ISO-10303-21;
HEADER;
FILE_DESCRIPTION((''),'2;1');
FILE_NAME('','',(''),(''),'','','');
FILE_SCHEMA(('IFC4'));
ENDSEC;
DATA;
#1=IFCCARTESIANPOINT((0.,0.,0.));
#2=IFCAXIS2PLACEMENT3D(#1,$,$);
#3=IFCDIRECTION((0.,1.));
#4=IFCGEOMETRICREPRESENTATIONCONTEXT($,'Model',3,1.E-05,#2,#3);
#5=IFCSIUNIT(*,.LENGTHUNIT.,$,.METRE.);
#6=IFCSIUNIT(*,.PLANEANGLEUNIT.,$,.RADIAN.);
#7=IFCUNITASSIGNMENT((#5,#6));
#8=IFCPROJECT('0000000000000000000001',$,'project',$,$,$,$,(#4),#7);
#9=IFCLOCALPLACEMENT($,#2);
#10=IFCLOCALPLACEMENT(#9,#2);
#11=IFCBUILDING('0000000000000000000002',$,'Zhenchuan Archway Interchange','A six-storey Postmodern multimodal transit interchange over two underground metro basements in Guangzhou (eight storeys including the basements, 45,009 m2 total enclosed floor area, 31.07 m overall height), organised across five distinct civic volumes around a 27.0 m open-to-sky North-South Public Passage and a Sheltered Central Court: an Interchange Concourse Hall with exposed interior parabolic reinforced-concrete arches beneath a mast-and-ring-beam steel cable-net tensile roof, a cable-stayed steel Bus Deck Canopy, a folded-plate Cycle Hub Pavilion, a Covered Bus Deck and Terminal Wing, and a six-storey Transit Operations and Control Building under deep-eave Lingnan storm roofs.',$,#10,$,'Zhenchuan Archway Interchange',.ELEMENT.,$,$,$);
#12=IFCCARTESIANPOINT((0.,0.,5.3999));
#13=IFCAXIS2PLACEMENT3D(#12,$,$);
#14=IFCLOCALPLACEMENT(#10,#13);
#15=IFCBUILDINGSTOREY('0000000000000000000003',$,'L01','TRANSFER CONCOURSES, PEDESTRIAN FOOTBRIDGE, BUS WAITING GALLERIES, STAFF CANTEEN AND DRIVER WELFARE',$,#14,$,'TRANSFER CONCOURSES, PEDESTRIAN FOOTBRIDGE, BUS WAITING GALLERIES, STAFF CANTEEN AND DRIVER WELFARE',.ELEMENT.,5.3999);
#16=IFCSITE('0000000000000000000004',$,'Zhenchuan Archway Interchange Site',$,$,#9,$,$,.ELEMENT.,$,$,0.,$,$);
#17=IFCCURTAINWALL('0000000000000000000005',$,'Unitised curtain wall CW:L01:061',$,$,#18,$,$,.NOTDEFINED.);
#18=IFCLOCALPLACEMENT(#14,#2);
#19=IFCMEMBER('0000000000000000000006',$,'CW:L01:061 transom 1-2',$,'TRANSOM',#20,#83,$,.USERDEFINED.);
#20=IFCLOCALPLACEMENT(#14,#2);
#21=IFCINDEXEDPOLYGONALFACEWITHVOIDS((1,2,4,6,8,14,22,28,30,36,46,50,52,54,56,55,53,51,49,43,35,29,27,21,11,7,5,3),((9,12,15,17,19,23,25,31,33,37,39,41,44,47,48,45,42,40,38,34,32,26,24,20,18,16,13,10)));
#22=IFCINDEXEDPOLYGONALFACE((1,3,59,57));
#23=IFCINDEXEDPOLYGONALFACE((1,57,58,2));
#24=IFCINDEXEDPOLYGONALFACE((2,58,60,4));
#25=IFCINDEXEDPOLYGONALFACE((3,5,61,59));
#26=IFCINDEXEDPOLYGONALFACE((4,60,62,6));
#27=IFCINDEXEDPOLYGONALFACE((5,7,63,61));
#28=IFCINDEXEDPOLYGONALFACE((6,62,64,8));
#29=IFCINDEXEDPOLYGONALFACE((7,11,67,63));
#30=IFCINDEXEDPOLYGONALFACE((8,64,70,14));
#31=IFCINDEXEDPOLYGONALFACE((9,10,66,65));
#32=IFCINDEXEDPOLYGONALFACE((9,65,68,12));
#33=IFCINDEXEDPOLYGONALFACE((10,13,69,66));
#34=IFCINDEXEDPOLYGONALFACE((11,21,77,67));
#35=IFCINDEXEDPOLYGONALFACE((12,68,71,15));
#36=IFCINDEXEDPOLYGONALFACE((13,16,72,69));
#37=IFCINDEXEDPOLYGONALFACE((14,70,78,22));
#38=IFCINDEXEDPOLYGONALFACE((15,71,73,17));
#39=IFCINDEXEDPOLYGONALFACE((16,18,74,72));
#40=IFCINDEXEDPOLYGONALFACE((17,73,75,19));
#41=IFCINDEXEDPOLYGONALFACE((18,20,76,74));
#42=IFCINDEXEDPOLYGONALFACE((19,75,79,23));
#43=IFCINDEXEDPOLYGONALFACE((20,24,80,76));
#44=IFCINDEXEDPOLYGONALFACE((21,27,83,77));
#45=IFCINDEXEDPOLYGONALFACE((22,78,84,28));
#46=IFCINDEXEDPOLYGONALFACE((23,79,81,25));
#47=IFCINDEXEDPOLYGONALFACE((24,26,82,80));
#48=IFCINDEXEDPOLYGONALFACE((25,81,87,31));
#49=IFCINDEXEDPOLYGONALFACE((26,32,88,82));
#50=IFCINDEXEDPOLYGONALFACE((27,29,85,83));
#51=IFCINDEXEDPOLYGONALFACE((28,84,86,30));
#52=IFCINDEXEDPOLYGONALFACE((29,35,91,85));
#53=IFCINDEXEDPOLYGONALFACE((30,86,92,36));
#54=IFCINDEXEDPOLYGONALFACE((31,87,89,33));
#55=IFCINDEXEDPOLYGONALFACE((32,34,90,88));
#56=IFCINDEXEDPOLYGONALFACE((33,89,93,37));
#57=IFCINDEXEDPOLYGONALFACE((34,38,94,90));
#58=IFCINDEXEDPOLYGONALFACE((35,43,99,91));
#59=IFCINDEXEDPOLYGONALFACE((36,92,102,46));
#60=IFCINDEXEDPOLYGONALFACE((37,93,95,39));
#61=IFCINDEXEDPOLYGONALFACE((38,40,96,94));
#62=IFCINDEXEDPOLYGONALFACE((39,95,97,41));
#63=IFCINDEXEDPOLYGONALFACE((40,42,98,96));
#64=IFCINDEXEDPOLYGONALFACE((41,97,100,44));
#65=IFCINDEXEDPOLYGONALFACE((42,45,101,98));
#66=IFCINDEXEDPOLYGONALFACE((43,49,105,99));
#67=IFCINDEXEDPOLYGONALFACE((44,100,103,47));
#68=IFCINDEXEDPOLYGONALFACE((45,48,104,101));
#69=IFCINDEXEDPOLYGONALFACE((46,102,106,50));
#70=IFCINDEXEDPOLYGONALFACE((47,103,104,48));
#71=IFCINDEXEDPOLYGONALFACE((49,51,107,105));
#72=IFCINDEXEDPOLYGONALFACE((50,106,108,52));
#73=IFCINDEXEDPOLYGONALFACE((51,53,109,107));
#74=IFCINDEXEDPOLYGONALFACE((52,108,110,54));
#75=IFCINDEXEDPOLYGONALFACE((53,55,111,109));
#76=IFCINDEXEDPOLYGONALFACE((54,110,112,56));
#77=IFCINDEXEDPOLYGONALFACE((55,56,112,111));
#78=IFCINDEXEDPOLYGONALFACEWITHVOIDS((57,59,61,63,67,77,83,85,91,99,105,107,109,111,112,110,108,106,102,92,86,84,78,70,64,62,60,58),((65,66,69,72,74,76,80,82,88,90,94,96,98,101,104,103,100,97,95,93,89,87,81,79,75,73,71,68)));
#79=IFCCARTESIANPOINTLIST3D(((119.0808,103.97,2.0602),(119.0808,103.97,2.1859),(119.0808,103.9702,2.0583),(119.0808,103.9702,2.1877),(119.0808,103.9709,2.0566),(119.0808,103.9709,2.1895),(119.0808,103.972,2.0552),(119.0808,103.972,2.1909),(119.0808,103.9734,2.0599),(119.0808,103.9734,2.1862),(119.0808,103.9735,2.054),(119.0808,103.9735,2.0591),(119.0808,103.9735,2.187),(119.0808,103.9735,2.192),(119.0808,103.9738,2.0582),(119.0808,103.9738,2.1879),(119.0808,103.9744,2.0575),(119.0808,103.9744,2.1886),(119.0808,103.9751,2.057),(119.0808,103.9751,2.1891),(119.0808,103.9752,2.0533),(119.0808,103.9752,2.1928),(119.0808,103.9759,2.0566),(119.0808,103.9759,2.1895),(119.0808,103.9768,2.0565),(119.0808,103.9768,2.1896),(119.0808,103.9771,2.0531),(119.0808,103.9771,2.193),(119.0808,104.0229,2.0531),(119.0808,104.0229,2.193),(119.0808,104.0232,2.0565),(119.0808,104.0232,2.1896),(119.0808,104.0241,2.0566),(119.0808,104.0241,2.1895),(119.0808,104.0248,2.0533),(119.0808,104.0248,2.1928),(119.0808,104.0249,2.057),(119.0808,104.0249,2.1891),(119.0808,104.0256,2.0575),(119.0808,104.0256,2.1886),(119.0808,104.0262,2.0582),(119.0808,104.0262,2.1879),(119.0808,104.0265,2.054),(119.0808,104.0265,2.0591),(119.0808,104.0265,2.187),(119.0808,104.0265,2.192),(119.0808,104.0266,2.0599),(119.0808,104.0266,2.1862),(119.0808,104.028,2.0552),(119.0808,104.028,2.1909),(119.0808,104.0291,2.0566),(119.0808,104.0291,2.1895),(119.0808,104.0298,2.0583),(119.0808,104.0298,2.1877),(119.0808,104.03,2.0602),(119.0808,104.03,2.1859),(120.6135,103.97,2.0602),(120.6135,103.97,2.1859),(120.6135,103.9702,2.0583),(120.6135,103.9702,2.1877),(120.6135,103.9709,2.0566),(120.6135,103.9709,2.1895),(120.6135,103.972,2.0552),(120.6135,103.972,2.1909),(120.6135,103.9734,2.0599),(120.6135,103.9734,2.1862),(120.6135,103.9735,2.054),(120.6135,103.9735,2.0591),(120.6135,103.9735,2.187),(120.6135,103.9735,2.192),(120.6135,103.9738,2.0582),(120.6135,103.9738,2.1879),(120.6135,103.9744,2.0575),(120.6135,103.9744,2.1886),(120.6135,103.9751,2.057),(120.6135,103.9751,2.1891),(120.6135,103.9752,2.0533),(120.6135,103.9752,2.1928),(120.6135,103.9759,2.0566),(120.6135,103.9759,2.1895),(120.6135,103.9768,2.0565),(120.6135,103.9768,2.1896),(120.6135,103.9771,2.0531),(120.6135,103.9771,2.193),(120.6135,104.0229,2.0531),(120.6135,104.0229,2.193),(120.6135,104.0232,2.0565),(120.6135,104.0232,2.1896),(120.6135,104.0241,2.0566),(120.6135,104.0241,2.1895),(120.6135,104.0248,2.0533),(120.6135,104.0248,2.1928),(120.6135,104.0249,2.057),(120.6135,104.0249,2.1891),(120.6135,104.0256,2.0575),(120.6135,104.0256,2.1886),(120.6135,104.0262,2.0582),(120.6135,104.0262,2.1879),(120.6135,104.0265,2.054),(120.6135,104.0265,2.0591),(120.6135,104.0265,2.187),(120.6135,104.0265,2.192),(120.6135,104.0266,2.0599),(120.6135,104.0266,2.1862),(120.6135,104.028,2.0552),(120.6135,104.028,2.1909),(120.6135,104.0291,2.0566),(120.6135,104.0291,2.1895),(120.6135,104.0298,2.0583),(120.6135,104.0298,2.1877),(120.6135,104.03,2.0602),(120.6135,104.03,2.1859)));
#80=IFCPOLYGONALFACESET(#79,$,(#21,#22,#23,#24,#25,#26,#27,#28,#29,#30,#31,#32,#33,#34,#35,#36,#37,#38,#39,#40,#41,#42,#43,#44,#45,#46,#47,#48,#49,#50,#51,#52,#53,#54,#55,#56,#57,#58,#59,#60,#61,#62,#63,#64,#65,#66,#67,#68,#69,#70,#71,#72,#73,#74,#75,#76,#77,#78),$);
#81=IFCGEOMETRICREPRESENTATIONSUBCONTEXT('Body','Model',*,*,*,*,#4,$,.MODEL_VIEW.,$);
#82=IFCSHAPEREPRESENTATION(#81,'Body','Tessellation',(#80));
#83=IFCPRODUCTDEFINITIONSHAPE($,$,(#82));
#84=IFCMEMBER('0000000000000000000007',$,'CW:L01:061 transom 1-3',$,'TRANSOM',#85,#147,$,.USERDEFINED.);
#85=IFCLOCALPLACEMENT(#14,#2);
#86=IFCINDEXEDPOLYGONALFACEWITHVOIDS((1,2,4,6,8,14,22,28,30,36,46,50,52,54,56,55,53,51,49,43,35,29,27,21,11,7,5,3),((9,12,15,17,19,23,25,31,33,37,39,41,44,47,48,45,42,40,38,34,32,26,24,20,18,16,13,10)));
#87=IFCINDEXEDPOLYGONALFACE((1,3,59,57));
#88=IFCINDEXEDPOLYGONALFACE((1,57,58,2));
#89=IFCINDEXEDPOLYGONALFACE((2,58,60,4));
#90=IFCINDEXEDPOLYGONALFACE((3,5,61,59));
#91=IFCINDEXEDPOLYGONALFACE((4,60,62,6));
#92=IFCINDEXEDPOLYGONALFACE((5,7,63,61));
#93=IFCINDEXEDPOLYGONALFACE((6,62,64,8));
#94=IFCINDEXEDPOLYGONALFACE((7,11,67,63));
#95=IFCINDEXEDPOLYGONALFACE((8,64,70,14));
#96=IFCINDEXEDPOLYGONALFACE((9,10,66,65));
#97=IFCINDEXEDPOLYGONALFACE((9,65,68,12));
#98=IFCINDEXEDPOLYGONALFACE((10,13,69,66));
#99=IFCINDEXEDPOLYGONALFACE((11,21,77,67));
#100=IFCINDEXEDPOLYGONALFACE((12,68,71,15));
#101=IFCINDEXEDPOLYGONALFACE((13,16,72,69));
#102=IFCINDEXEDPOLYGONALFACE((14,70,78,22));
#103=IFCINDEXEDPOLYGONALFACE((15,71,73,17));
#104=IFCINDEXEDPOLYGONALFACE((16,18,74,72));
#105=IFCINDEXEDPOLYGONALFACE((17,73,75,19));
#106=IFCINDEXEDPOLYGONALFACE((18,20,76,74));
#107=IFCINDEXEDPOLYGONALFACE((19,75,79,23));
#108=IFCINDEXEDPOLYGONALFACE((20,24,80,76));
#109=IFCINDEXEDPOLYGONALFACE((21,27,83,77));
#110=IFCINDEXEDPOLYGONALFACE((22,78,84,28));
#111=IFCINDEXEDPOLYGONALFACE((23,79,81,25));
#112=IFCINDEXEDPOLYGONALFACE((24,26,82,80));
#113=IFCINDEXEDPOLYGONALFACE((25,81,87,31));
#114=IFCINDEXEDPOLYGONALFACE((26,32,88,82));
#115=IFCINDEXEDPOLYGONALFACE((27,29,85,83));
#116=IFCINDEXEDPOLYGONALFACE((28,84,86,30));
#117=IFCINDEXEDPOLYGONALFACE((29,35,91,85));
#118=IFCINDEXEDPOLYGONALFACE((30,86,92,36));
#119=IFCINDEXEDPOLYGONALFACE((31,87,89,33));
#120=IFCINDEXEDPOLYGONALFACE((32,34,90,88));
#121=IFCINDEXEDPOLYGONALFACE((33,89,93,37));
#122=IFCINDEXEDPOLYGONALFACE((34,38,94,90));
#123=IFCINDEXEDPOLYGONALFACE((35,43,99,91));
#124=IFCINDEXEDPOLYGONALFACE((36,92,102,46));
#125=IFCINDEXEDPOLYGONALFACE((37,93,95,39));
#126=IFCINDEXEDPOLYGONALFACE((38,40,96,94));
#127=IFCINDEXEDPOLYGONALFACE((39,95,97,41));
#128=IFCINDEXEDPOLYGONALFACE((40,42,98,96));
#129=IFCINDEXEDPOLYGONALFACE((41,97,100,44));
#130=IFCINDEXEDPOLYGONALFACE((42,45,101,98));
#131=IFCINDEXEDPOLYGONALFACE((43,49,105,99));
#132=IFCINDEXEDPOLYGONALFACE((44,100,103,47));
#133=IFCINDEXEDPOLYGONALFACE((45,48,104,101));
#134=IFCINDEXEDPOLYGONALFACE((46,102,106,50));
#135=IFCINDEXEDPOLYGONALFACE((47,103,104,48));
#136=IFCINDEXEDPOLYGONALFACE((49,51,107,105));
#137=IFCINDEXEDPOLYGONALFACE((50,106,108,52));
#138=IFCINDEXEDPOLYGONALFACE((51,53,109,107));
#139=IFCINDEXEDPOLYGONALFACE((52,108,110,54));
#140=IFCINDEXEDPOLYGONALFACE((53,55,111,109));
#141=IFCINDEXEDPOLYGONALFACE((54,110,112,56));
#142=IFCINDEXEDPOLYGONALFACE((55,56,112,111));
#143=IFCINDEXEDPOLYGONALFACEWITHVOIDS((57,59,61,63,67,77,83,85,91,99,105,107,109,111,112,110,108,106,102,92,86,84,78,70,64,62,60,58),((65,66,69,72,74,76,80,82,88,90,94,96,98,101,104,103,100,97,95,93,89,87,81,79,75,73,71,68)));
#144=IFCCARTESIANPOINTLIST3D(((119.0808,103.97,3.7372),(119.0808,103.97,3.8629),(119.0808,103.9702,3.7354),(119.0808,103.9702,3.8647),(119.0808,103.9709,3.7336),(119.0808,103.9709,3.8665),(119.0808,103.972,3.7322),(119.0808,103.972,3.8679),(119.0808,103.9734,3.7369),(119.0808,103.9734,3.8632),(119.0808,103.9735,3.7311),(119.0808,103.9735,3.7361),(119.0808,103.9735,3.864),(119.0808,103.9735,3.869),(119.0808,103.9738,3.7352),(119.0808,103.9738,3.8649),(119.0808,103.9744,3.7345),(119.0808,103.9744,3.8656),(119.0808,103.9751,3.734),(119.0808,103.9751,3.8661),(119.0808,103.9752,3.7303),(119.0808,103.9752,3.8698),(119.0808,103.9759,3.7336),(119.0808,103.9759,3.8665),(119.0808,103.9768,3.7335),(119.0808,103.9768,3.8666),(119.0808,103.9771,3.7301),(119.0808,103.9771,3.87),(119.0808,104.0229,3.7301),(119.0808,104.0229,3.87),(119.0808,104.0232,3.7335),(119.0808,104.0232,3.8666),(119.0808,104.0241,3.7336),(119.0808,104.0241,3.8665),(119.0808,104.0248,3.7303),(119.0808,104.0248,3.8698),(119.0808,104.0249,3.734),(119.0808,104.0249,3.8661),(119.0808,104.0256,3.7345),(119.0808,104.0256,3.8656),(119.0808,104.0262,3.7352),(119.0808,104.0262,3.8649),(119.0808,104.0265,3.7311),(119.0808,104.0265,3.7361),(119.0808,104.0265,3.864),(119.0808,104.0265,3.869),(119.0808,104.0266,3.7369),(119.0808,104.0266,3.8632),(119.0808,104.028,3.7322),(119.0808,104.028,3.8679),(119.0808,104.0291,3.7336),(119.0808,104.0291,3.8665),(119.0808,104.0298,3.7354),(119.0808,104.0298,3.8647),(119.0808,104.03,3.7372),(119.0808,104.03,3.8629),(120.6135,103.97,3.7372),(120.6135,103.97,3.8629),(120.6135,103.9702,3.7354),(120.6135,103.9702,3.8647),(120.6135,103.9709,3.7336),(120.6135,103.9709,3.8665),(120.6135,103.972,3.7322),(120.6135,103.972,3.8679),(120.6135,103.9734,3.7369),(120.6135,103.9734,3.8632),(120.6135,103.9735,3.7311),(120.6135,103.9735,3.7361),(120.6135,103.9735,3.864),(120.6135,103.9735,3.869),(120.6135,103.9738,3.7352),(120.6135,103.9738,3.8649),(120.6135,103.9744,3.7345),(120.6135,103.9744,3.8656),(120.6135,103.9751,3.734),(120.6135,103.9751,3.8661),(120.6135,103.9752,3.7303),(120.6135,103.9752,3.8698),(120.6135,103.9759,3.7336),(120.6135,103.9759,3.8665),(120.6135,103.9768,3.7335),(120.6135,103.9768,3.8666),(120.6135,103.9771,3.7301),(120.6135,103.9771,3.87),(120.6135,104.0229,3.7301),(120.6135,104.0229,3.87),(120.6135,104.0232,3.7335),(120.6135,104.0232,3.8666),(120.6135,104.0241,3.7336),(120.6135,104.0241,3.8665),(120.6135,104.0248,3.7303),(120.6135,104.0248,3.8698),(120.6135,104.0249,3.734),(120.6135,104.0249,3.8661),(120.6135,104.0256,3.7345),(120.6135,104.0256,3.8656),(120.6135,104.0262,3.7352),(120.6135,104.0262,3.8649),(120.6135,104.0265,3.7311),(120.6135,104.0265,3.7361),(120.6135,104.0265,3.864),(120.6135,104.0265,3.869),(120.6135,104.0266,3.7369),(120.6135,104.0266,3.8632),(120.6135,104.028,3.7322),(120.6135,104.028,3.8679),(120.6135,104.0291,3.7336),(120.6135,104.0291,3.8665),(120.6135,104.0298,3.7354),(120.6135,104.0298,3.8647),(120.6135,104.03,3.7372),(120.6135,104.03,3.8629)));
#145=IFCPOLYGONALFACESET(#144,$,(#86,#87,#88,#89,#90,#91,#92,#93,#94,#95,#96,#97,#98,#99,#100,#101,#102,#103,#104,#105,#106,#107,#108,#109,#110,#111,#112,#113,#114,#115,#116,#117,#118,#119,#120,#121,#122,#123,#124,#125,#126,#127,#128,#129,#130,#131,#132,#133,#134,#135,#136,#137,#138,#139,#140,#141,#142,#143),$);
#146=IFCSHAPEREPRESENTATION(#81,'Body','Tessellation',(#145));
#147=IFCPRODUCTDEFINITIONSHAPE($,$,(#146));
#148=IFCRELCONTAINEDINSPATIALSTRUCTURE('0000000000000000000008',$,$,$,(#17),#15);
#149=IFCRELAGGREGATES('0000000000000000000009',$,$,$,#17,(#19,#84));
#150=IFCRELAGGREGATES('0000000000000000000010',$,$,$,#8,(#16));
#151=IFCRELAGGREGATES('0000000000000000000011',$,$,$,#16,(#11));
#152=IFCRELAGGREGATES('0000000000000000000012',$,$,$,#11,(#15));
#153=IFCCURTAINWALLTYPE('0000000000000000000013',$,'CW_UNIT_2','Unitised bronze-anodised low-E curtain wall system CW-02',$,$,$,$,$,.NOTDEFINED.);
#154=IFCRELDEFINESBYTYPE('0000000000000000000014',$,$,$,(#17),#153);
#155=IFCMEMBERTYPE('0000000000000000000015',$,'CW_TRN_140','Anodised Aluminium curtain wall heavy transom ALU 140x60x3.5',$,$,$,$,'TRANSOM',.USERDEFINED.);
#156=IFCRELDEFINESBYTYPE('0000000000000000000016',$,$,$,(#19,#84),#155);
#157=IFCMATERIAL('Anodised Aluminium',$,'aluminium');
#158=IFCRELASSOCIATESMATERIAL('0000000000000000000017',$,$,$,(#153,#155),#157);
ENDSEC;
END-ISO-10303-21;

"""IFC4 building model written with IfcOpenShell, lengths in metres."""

from ifc_helpers import new_model, si_unit, direction, frame, origin, origin_2d, place, context, subcontext, project, spatial, hollow_rectangle, extrude, material, material_profile, profile_set, type_object, element, aggregate, save


model = new_model("IFC4")

# Units and contexts
model_context = context("Model", 3, precision=1e-05, world=origin(), true_north=direction((0.0, 1.0)))
body_context = subcontext(model_context, "Body", "Model", "MODEL_VIEW")
ifc_project = project(units=[si_unit("LENGTHUNIT", "METRE"), si_unit("PLANEANGLEUNIT", "RADIAN")], contexts=[model_context])

# Site, building, storey
site_placement = place(None, origin())
site = spatial("IfcSite", under=ifc_project, at=site_placement, Name="Zhenchuan Archway Interchange Site", CompositionType="ELEMENT", RefElevation=0.0)
building_placement = place(site_placement, origin())
building = spatial("IfcBuilding", under=site, at=building_placement, Name="Zhenchuan Archway Interchange", Description="A six-storey Postmodern multimodal transit interchange over two underground metro basements in Guangzhou (eight storeys including the basements, 45,009 m2 total enclosed floor area, 31.07 m overall height), organised across five distinct civic volumes around a 27.0 m open-to-sky North-South Public Passage and a Sheltered Central Court: an Interchange Concourse Hall with exposed interior parabolic reinforced-concrete arches beneath a mast-and-ring-beam steel cable-net tensile roof, a cable-stayed steel Bus Deck Canopy, a folded-plate Cycle Hub Pavilion, a Covered Bus Deck and Terminal Wing, and a six-storey Transit Operations and Control Building under deep-eave Lingnan storm roofs.", LongName="Zhenchuan Archway Interchange", CompositionType="ELEMENT")
storey_placement = place(building_placement, frame((0.0, 0.0, 5.3999)))
storey = spatial("IfcBuildingStorey", under=building, at=storey_placement, Name="L01", Description="TRANSFER CONCOURSES, PEDESTRIAN FOOTBRIDGE, BUS WAITING GALLERIES, STAFF CANTEEN AND DRIVER WELFARE", LongName="TRANSFER CONCOURSES, PEDESTRIAN FOOTBRIDGE, BUS WAITING GALLERIES, STAFF CANTEEN AND DRIVER WELFARE", CompositionType="ELEMENT", Elevation=5.3999)

# Curtain wall, members
ifc_material_1 = material(Name="Anodised Aluminium", Category="aluminium")
curtain_wall_type = type_object("IfcCurtainWallType", Name="CW_UNIT_2", Description="Unitised bronze-anodised low-E curtain wall system CW-02", PredefinedType="NOTDEFINED", material=ifc_material_1)
curtain_wall_placement = place(storey_placement, origin())
curtain_wall = element("IfcCurtainWall", 1, at=curtain_wall_placement, inside=storey, type_object=curtain_wall_type, Name="Unitised curtain wall CW:L01:061", PredefinedType="NOTDEFINED")
ifc_material_profile_1 = material_profile(ifc_material_1, hollow_rectangle(XDim=0.0601, YDim=0.1399, WallThickness=0.0034, InnerFilletRadius=0.0034, OuterFilletRadius=0.0071, at=origin_2d()), Name="ALU 140x60x3.5")
ifc_profile_set_1 = profile_set([ifc_material_profile_1], Name="Anodised Aluminium")
member_type_1 = type_object("IfcMemberType", Name="CW_TRN_140", Description="Anodised Aluminium curtain wall heavy transom ALU 140x60x3.5", ElementType="TRANSOM", PredefinedType="USERDEFINED", material=ifc_profile_set_1)
member_1_placement = place(storey_placement, frame((119.0808, 104.0, 2.123), z_axis=(1.0, 0.0, 0.0), x_axis=(0.0, 1.0, 0.0)))
member_1 = element("IfcMember", 2, at=member_1_placement, type_object=member_type_1, Name="CW:L01:061 transom 1-2", ObjectType="TRANSOM", PredefinedType="USERDEFINED", context=body_context, shape_type="SweptSolid", body=[
    extrude(hollow_rectangle(XDim=0.0601, YDim=0.1399, WallThickness=0.0034, InnerFilletRadius=0.0034, OuterFilletRadius=0.0071, at=origin_2d()), origin(), (0.0, 0.0, 1.0), 1.5327),
])
member_2_placement = place(storey_placement, frame((119.0808, 104.0, 3.8), z_axis=(1.0, 0.0, 0.0), x_axis=(0.0, 1.0, 0.0)))
member_2 = element("IfcMember", 3, at=member_2_placement, type_object=member_type_1, Name="CW:L01:061 transom 1-3", ObjectType="TRANSOM", PredefinedType="USERDEFINED", context=body_context, shape_type="SweptSolid", body=[
    extrude(hollow_rectangle(XDim=0.0601, YDim=0.1399, WallThickness=0.0034, InnerFilletRadius=0.0034, OuterFilletRadius=0.0071, at=origin_2d()), origin(), (0.0, 0.0, 1.0), 1.5327),
])

aggregate(curtain_wall, [member_1, member_2])

save(model, "model.ifc")
